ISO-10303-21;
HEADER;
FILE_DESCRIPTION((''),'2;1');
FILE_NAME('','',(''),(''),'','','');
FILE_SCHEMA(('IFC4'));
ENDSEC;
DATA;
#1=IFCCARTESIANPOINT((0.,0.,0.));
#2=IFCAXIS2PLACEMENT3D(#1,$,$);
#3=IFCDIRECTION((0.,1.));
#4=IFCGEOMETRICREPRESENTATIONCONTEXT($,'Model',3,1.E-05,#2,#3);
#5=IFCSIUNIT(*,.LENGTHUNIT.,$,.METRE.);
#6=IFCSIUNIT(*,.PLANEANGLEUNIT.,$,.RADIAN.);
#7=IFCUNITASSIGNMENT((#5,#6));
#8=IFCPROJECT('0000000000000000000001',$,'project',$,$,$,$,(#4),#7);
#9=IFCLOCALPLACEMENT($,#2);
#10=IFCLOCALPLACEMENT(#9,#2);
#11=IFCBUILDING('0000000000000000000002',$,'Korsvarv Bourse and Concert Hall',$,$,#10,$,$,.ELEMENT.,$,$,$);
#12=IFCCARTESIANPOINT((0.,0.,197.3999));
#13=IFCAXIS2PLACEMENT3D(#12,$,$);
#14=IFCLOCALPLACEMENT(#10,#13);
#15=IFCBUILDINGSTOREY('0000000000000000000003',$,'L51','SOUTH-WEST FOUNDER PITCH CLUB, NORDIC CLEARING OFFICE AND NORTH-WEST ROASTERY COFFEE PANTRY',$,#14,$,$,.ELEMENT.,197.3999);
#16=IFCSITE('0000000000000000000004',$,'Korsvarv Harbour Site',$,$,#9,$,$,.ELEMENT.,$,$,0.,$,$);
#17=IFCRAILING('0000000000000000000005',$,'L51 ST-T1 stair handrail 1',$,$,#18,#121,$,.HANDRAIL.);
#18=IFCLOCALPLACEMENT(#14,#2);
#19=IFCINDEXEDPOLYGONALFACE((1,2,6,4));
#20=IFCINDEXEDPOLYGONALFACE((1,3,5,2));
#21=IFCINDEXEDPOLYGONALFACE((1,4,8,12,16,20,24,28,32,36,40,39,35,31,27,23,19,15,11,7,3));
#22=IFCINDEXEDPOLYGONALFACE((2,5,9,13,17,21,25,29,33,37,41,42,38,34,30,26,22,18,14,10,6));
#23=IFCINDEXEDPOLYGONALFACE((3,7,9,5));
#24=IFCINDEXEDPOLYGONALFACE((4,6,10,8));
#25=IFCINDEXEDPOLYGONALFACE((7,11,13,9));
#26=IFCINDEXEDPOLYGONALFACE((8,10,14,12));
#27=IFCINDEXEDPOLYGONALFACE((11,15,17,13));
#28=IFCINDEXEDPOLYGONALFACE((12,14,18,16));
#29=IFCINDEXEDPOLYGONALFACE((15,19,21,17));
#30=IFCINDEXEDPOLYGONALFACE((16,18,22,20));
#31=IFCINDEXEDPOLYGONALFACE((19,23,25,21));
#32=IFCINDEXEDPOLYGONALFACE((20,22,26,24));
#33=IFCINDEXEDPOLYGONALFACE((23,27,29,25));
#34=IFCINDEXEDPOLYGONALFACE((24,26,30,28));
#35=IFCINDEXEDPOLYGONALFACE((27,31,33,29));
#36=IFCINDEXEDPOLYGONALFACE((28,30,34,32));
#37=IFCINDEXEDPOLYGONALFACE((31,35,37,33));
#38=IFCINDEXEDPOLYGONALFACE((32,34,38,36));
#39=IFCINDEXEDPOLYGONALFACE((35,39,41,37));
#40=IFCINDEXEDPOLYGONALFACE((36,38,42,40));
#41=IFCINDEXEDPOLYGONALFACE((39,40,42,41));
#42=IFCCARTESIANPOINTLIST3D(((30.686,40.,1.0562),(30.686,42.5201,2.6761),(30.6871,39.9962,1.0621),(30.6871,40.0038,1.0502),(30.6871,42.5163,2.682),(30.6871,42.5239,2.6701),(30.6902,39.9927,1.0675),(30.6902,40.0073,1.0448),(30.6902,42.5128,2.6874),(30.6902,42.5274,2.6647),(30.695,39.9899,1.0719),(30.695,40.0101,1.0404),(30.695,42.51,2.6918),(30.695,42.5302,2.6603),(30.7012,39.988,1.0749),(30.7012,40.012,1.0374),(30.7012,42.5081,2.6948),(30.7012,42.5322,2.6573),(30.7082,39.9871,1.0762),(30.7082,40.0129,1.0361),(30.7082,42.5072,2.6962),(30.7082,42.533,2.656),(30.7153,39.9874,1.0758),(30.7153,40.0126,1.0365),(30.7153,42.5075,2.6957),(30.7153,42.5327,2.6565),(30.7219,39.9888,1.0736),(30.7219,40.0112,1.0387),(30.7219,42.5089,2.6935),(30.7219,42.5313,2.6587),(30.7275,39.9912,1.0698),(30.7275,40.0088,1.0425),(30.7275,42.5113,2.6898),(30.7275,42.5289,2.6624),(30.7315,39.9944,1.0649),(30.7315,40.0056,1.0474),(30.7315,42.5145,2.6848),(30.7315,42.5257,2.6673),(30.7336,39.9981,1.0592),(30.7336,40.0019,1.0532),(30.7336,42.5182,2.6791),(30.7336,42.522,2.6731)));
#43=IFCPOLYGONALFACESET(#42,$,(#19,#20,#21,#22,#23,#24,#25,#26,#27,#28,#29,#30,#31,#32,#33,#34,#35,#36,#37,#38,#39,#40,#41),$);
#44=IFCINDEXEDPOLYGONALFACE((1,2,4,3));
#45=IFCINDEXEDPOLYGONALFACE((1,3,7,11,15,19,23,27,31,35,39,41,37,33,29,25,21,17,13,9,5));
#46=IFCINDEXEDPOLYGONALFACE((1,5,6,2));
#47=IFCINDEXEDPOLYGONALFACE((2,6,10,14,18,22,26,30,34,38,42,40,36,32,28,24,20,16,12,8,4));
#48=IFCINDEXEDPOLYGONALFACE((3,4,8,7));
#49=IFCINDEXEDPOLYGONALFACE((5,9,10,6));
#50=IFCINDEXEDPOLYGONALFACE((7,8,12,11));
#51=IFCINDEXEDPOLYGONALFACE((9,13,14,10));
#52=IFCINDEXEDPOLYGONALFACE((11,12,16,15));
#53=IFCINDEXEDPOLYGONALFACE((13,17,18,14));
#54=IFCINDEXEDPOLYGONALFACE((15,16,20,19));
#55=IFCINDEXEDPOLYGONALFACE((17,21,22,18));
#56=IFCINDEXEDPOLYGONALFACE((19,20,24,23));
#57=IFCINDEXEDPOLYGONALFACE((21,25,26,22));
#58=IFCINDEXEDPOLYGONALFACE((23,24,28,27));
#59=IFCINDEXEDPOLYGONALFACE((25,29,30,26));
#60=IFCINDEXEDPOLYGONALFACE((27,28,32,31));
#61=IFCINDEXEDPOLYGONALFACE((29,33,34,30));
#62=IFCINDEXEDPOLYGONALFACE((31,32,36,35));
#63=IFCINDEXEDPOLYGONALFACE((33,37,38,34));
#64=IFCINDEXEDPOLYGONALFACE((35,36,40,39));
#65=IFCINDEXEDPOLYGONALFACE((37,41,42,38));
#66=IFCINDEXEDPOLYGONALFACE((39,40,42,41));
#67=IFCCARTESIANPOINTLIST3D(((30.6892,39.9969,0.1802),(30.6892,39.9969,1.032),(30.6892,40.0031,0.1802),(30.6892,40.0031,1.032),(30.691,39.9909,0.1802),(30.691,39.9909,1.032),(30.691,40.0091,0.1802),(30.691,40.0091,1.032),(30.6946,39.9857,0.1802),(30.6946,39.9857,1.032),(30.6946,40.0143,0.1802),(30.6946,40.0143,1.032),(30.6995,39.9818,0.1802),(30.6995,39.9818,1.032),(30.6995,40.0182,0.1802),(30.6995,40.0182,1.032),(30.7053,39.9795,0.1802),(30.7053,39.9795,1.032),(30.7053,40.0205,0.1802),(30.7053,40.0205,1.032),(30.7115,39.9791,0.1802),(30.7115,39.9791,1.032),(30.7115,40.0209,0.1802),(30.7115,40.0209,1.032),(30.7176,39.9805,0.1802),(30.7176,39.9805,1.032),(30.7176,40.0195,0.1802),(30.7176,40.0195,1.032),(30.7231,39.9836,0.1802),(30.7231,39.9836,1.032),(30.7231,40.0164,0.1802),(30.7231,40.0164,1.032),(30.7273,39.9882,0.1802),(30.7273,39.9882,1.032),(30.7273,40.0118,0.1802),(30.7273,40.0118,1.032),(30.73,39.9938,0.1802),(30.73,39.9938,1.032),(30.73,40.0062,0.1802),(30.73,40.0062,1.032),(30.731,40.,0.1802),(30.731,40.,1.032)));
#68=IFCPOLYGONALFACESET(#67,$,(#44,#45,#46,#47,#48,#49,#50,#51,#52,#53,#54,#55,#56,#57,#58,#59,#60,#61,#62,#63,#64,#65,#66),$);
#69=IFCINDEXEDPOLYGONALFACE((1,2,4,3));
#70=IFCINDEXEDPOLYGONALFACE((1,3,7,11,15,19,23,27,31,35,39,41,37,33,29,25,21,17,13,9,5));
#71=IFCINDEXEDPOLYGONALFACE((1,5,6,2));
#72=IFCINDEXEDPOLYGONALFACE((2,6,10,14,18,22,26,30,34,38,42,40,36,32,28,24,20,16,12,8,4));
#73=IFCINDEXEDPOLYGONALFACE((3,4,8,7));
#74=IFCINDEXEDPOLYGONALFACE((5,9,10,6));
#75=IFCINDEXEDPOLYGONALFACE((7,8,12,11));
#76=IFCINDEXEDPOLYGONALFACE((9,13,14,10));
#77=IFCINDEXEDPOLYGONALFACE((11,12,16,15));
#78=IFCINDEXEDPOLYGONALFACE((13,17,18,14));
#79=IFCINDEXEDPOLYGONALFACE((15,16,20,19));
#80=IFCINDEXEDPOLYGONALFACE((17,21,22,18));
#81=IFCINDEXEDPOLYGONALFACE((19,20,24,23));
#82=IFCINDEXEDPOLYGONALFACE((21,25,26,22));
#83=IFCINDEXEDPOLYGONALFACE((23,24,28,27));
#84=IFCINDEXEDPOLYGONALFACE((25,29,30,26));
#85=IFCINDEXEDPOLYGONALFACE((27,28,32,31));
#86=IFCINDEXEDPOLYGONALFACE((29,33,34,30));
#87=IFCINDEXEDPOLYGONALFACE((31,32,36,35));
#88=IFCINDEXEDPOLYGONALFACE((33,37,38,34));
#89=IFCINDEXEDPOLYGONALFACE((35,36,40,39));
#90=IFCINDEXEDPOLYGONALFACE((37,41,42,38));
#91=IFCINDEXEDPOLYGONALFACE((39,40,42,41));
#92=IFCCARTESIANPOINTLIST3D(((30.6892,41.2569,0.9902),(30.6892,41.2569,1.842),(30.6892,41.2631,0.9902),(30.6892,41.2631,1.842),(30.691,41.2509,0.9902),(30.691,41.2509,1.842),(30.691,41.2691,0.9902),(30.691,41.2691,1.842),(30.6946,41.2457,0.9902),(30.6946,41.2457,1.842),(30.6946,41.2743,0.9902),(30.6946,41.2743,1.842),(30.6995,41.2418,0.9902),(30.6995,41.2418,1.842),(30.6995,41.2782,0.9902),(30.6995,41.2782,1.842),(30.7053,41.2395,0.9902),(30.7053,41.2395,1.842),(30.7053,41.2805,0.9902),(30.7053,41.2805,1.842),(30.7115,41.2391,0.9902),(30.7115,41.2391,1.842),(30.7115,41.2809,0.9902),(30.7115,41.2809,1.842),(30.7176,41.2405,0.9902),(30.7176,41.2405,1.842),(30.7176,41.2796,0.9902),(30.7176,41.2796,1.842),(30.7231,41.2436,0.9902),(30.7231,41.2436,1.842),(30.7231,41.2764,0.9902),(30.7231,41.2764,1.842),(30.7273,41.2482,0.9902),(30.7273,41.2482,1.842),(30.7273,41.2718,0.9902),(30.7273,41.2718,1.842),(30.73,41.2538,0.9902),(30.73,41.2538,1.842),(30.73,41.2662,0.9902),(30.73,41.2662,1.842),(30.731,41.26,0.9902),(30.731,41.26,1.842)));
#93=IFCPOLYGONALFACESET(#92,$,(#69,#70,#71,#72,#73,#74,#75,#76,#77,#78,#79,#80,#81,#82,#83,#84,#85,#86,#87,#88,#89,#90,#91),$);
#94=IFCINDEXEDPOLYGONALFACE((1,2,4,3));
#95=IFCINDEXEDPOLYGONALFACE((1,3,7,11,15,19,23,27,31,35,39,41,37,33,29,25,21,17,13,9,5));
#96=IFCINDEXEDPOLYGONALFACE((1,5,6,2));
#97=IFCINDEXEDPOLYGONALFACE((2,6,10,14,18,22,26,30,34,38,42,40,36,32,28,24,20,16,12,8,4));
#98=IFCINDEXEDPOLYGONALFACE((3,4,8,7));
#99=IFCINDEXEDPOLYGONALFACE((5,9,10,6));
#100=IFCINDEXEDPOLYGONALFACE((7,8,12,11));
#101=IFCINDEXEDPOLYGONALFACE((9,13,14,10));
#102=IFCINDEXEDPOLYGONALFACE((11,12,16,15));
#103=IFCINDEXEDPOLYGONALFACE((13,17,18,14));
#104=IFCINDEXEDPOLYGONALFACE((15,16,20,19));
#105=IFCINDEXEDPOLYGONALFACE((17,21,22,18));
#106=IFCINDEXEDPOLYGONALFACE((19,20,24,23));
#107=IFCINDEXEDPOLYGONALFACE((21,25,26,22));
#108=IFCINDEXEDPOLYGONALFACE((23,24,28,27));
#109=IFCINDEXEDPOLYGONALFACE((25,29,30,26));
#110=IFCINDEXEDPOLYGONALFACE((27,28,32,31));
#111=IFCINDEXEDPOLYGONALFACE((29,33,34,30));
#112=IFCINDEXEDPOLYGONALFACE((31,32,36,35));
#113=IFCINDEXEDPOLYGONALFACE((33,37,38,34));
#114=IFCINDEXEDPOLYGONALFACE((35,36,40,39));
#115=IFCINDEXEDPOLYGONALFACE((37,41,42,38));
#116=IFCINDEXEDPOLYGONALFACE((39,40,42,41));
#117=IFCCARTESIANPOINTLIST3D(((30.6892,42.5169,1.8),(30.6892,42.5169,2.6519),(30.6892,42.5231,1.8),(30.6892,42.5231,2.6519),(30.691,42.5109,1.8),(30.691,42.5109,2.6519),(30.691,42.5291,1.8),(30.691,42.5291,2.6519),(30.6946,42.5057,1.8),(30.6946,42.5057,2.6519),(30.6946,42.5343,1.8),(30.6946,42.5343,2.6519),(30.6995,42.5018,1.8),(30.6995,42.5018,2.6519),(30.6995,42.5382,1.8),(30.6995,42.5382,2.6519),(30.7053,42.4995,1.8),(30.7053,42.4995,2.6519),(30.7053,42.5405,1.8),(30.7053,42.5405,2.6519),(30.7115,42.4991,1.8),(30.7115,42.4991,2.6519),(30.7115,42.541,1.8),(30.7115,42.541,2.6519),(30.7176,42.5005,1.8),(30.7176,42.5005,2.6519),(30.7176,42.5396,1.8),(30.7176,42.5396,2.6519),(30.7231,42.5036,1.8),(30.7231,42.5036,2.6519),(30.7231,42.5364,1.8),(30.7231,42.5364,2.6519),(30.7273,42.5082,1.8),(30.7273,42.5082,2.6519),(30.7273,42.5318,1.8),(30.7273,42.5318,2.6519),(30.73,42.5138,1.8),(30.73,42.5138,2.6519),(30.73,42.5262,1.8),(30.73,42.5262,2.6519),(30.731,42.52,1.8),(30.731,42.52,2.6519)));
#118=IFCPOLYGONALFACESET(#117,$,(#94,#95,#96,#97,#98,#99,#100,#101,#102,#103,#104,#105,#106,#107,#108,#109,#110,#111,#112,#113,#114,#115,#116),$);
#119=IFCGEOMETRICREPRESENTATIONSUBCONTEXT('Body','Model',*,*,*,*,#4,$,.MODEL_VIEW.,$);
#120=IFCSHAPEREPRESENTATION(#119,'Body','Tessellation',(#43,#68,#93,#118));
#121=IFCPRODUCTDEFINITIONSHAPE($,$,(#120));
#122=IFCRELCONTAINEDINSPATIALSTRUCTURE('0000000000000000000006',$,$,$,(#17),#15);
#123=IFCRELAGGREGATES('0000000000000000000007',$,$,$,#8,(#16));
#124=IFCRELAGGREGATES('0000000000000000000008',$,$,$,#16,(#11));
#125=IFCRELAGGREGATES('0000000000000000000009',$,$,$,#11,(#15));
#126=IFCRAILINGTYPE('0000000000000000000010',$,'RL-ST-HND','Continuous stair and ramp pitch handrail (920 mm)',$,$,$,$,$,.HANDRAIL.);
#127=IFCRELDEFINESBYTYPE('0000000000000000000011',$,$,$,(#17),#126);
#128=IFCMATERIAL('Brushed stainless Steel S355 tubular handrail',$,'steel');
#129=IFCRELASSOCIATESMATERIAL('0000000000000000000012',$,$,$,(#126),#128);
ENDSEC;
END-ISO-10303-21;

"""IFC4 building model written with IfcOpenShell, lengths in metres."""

from ifc_helpers import new_model, si_unit, direction, frame, origin, origin_2d, place, context, subcontext, project, spatial, circle, extrude, material, type_object, element, save


model = new_model("IFC4")

# Units and contexts
model_context = context("Model", 3, precision=1e-05, world=origin(), true_north=direction((0.0, 1.0)))
body_context = subcontext(model_context, "Body", "Model", "MODEL_VIEW")
ifc_project = project(units=[si_unit("LENGTHUNIT", "METRE"), si_unit("PLANEANGLEUNIT", "RADIAN")], contexts=[model_context])

# Site, building, storey
site_placement = place(None, origin())
site = spatial("IfcSite", under=ifc_project, at=site_placement, Name="Korsvarv Harbour Site", CompositionType="ELEMENT", RefElevation=0.0)
building_placement = place(site_placement, origin())
building = spatial("IfcBuilding", under=site, at=building_placement, Name="Korsvarv Bourse and Concert Hall", CompositionType="ELEMENT")
storey_placement = place(building_placement, frame((0.0, 0.0, 197.3999)))
storey = spatial("IfcBuildingStorey", under=building, at=storey_placement, Name="L51", Description="SOUTH-WEST FOUNDER PITCH CLUB, NORDIC CLEARING OFFICE AND NORTH-WEST ROASTERY COFFEE PANTRY", CompositionType="ELEMENT", Elevation=197.3999)

# Railing
ifc_material_1 = material(Name="Brushed stainless Steel S355 tubular handrail", Category="steel")
railing_type_1 = type_object("IfcRailingType", Name="RL-ST-HND", Description="Continuous stair and ramp pitch handrail (920 mm)", PredefinedType="HANDRAIL", material=ifc_material_1)
railing_1_placement = place(storey_placement, frame((30.71, 40.0, 0.1802)))
element("IfcRailing", 1, at=railing_1_placement, inside=storey, type_object=railing_type_1, Name="L51 ST-T1 stair handrail 1", PredefinedType="HANDRAIL", context=body_context, shape_type="SweptSolid", body=[
    extrude(circle(Radius=0.0239, at=origin_2d()), frame((0.0, 0.0, 0.876), z_axis=(0.0, 0.8412, 0.540725), x_axis=(-1.0, 0.0, 0.0)), (0.0, 0.0, 1.0), 2.9958),
    extrude(circle(Radius=0.021, at=origin_2d()), origin(), (0.0, 0.0, 1.0), 0.8518),
    extrude(circle(Radius=0.021, at=origin_2d()), frame((0.0, 1.26, 0.8101)), (0.0, 0.0, 1.0), 0.8518),
    extrude(circle(Radius=0.021, at=origin_2d()), frame((0.0, 2.52, 1.6199)), (0.0, 0.0, 1.0), 0.8518),
])

save(model, "model.ifc")
